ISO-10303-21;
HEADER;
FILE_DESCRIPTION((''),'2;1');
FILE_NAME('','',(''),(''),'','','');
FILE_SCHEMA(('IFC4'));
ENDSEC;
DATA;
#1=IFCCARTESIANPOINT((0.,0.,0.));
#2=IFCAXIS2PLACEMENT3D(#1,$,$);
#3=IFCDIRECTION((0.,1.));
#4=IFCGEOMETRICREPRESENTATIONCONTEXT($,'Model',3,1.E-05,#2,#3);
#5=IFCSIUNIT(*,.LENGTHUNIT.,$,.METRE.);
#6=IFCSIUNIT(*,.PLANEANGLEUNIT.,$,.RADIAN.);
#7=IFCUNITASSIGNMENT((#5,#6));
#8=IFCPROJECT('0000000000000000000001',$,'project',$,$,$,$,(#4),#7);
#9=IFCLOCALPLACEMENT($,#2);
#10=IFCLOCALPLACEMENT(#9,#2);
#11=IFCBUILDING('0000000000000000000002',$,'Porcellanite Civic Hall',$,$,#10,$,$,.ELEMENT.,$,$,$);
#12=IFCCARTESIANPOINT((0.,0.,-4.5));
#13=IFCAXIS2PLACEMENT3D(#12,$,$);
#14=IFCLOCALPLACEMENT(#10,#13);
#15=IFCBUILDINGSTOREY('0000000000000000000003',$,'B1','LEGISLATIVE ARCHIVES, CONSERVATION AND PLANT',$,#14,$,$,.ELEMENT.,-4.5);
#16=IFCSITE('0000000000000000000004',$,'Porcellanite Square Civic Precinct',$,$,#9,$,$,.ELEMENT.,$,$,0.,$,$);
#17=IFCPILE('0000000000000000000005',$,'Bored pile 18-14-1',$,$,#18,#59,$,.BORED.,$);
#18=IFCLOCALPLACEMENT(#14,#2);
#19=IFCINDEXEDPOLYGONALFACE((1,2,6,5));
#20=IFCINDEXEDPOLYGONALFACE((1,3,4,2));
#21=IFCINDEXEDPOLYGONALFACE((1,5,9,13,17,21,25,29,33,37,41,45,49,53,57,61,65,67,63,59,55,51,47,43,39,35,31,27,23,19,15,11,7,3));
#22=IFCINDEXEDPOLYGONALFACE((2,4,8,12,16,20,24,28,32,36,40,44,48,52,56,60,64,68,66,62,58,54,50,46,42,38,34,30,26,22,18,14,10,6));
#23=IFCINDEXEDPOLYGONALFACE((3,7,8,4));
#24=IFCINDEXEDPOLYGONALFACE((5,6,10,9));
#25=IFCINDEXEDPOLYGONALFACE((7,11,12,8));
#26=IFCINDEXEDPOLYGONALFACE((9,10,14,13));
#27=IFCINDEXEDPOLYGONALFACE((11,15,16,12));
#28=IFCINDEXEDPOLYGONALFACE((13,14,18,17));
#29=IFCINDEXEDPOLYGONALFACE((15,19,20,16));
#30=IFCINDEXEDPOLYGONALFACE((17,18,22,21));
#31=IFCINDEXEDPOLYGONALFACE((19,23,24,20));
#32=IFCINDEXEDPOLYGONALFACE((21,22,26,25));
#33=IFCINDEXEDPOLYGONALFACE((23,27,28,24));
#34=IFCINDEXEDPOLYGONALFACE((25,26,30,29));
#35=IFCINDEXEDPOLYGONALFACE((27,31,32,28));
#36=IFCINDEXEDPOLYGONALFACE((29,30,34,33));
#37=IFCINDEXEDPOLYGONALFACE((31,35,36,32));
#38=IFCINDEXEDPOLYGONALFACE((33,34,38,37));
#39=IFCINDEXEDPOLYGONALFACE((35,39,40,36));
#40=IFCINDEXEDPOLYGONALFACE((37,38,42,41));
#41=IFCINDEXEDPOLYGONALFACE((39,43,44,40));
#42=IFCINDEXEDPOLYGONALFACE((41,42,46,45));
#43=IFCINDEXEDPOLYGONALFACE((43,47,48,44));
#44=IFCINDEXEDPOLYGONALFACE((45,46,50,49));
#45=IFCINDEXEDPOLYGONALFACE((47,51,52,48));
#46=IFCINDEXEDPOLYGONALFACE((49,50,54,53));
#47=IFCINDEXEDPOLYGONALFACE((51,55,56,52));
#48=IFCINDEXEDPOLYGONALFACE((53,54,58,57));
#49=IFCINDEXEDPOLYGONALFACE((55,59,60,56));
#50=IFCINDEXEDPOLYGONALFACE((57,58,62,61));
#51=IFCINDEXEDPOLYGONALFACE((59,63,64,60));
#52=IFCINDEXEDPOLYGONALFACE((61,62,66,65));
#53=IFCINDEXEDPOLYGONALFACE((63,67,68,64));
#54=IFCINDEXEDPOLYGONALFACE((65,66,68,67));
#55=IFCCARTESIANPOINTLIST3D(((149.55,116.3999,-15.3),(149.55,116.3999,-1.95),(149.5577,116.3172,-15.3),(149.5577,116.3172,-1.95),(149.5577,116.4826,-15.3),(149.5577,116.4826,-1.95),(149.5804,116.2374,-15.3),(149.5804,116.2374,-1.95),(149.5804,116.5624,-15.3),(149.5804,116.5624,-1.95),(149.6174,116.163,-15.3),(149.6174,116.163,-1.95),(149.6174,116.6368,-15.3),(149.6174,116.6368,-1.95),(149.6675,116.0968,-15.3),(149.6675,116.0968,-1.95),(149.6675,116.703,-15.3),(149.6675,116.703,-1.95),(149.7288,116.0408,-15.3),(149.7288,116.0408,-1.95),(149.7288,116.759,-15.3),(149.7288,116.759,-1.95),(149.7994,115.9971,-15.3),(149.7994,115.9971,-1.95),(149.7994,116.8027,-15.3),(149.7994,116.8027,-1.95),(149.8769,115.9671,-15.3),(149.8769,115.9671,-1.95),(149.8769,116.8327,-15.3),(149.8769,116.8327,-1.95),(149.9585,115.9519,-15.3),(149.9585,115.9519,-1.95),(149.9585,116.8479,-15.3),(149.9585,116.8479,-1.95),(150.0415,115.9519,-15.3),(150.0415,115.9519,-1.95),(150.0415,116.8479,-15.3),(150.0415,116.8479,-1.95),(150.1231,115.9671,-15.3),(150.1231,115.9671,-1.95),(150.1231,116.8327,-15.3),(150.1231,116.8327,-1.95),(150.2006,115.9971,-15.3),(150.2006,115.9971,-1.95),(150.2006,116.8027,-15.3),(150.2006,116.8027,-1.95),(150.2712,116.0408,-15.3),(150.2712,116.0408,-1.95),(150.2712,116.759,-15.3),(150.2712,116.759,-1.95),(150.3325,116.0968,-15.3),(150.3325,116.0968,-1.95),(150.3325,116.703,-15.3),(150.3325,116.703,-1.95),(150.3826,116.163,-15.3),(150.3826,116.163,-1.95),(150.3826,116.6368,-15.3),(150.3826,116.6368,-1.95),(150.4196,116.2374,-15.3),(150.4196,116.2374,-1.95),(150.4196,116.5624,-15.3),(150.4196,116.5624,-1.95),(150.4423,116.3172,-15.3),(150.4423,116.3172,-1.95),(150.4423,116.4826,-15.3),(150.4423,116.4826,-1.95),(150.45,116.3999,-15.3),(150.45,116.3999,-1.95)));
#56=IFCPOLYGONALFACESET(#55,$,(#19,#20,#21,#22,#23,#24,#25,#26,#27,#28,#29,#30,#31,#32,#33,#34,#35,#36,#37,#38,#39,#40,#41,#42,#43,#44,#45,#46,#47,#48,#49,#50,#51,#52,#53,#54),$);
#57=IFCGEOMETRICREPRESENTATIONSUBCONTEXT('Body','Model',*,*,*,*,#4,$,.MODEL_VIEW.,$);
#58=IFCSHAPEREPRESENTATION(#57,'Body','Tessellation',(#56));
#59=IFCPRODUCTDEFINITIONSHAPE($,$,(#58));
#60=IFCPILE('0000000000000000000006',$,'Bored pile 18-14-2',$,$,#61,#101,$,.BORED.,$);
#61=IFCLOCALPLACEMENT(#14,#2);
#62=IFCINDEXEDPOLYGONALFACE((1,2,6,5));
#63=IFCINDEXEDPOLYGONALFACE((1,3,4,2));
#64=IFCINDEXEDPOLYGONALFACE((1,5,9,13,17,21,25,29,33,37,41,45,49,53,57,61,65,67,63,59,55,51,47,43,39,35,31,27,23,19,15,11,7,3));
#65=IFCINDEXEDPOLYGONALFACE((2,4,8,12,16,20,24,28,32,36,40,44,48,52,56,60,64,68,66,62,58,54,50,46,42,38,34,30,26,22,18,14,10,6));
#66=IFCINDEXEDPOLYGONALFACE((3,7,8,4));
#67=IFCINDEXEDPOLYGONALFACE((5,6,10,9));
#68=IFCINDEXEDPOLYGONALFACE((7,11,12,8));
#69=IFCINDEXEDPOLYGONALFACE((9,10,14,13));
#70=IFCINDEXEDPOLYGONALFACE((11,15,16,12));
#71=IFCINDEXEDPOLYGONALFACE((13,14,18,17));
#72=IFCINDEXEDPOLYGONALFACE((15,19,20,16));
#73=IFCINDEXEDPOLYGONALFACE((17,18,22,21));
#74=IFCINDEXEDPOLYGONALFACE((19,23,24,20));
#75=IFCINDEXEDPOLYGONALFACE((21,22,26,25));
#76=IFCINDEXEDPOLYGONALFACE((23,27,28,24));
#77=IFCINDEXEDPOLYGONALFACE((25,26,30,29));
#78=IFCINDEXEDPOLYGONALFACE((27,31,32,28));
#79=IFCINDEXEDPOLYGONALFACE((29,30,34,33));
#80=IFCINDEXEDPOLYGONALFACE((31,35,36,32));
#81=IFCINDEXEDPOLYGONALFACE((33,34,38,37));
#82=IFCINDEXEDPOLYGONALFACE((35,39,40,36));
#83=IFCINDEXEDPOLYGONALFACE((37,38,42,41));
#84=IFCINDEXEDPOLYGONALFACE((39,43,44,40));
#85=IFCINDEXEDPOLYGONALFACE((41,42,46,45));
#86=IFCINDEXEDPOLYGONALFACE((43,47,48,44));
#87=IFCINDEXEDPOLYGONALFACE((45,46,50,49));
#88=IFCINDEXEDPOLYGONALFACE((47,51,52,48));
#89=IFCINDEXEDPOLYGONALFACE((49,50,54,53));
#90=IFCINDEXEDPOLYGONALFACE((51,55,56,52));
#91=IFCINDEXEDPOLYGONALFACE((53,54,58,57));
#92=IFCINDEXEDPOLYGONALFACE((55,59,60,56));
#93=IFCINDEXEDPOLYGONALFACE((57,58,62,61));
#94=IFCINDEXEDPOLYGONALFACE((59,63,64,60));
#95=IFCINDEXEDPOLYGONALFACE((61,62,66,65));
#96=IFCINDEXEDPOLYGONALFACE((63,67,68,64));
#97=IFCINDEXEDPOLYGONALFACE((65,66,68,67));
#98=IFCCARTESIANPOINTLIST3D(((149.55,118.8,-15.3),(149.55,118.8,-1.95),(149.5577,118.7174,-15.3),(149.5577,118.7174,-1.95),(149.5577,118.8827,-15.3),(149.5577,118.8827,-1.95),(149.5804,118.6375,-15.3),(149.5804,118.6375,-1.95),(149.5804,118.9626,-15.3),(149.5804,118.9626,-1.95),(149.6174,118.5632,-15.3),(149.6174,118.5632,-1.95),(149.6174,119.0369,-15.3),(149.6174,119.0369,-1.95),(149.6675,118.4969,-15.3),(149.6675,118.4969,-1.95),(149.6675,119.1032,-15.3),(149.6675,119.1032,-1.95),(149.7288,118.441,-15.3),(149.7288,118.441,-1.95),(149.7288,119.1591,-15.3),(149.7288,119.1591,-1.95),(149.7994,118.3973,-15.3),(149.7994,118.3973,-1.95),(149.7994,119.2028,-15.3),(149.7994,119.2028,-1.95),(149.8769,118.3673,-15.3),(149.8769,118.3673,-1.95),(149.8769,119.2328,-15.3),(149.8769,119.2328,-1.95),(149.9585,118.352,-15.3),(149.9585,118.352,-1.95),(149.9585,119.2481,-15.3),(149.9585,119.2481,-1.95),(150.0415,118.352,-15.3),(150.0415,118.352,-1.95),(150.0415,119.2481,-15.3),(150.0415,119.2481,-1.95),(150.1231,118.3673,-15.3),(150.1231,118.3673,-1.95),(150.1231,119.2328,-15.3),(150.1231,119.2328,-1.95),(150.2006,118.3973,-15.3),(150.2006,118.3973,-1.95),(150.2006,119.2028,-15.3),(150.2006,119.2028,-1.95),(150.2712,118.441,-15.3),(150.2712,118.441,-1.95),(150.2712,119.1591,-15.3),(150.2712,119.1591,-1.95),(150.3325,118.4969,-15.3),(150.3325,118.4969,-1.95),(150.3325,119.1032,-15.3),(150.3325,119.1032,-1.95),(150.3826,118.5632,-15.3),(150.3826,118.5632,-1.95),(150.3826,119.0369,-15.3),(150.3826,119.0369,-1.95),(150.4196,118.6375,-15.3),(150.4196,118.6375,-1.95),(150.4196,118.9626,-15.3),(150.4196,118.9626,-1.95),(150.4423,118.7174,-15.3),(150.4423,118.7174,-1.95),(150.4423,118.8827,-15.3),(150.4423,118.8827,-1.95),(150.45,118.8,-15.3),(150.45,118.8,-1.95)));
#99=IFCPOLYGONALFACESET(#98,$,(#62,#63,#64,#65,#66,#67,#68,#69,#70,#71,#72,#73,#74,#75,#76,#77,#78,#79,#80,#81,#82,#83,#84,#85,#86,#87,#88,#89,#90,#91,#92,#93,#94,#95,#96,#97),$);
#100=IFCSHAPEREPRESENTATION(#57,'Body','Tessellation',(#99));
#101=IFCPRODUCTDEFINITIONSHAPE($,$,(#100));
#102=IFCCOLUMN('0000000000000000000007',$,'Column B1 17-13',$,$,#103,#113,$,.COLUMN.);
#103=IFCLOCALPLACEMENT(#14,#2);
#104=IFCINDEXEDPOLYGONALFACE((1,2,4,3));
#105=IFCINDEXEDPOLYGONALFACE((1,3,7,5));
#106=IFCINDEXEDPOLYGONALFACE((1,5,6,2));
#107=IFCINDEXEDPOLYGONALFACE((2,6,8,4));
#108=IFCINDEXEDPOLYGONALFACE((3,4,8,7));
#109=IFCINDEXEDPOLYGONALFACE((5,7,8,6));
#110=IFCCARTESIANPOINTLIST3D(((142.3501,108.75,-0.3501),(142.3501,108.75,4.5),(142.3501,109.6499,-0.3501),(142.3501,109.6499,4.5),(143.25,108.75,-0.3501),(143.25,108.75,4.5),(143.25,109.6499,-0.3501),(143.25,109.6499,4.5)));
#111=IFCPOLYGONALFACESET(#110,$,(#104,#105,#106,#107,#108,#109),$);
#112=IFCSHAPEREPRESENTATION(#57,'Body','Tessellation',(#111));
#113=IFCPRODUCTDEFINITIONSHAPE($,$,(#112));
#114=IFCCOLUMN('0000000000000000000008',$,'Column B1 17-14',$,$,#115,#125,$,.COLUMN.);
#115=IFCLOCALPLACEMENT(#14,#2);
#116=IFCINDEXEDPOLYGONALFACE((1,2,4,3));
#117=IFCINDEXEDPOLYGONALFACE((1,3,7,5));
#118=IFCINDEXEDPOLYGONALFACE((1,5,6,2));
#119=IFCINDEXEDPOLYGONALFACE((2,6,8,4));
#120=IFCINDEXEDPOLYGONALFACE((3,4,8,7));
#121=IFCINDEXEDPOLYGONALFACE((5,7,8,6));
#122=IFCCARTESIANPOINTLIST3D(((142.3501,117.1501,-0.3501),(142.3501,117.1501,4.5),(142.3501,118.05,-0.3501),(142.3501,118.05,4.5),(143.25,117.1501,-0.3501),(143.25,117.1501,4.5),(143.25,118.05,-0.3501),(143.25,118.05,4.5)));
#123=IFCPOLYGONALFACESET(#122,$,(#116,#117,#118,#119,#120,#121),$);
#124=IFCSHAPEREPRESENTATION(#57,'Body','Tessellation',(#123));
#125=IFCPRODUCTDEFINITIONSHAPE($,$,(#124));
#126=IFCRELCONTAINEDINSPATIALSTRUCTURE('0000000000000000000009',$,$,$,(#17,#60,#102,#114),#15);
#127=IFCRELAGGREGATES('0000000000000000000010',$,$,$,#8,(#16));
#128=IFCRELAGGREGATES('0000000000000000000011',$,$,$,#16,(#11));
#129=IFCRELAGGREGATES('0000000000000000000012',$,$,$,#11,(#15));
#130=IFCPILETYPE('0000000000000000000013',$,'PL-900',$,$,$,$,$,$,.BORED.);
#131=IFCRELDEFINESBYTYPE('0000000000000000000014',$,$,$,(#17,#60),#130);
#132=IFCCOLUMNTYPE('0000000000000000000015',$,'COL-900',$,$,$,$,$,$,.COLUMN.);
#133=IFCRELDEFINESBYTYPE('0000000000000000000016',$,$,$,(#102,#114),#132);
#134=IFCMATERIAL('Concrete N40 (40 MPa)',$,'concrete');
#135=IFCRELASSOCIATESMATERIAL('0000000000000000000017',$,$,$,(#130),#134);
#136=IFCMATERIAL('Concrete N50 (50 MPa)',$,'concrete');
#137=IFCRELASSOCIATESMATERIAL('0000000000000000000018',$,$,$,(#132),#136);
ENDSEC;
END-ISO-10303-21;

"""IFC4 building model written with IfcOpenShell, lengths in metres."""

from ifc_helpers import new_model, si_unit, direction, frame, origin, origin_2d, place, context, subcontext, project, spatial, rectangle, circle, extrude, material, material_profile, profile_set, type_object, element, save


model = new_model("IFC4")

# Units and contexts
model_context = context("Model", 3, precision=1e-05, world=origin(), true_north=direction((0.0, 1.0)))
body_context = subcontext(model_context, "Body", "Model", "MODEL_VIEW")
ifc_project = project(units=[si_unit("LENGTHUNIT", "METRE"), si_unit("PLANEANGLEUNIT", "RADIAN")], contexts=[model_context])

# Site, building, storey
site_placement = place(None, origin())
site = spatial("IfcSite", under=ifc_project, at=site_placement, Name="Porcellanite Square Civic Precinct", CompositionType="ELEMENT", RefElevation=0.0)
building_placement = place(site_placement, origin())
building = spatial("IfcBuilding", under=site, at=building_placement, Name="Porcellanite Civic Hall", CompositionType="ELEMENT")
storey_placement = place(building_placement, frame((0.0, 0.0, -4.5)))
storey = spatial("IfcBuildingStorey", under=building, at=storey_placement, Name="B1", Description="LEGISLATIVE ARCHIVES, CONSERVATION AND PLANT", CompositionType="ELEMENT", Elevation=-4.5)

# Piles
ifc_material_1 = material(Name="Concrete N40 (40 MPa)", Category="concrete")
ifc_material_profile_1 = material_profile(ifc_material_1, circle(Radius=0.45, at=origin_2d()), Name="PILE-D900")
ifc_profile_set_1 = profile_set([ifc_material_profile_1], Name="Concrete N40 (40 MPa)")
pile_type = type_object("IfcPileType", Name="PL-900", PredefinedType="BORED", material=ifc_profile_set_1)
for number, where, z_axis, x_axis, name in (
    (1, (150.0, 116.3999, -1.95), (0.0, 0.0, -1.0), (1.0, 0.0, 0.0), "Bored pile 18-14-1"),
    (2, (150.0, 118.8, -1.95), (0.0, 0.0, -1.0), (1.0, 0.0, 0.0), "Bored pile 18-14-2"),
):
    element("IfcPile", number, at=place(storey_placement, frame(where, z_axis=z_axis, x_axis=x_axis)), inside=storey, type_object=pile_type, Name=name, PredefinedType="BORED", context=body_context, shape_type="SweptSolid", body=[
        extrude(circle(Radius=0.45, at=origin_2d()), origin(), (0.0, 0.0, 1.0), 13.3501),
    ])

# Columns
ifc_material_2 = material(Name="Concrete N50 (50 MPa)", Category="concrete")
ifc_material_profile_2 = material_profile(ifc_material_2, rectangle(XDim=0.8999, YDim=0.8999, at=origin_2d()), Name="RC-900x900")
ifc_profile_set_2 = profile_set([ifc_material_profile_2], Name="Concrete N50 (50 MPa)")
column_type = type_object("IfcColumnType", Name="COL-900", PredefinedType="COLUMN", material=ifc_profile_set_2)
for number, where, z_axis, x_axis, name in (
    (3, (142.8, 109.2, -0.3501), (0.0, 0.0, 1.0), (1.0, 0.0, 0.0), "Column B1 17-13"),
    (4, (142.8, 117.6001, -0.3501), (0.0, 0.0, 1.0), (1.0, 0.0, 0.0), "Column B1 17-14"),
):
    element("IfcColumn", number, at=place(storey_placement, frame(where, z_axis=z_axis, x_axis=x_axis)), inside=storey, type_object=column_type, Name=name, PredefinedType="COLUMN", context=body_context, shape_type="SweptSolid", body=[
        extrude(rectangle(XDim=0.8999, YDim=0.8999, at=origin_2d()), origin(), (0.0, 0.0, 1.0), 4.8501),
    ])

save(model, "model.ifc")
